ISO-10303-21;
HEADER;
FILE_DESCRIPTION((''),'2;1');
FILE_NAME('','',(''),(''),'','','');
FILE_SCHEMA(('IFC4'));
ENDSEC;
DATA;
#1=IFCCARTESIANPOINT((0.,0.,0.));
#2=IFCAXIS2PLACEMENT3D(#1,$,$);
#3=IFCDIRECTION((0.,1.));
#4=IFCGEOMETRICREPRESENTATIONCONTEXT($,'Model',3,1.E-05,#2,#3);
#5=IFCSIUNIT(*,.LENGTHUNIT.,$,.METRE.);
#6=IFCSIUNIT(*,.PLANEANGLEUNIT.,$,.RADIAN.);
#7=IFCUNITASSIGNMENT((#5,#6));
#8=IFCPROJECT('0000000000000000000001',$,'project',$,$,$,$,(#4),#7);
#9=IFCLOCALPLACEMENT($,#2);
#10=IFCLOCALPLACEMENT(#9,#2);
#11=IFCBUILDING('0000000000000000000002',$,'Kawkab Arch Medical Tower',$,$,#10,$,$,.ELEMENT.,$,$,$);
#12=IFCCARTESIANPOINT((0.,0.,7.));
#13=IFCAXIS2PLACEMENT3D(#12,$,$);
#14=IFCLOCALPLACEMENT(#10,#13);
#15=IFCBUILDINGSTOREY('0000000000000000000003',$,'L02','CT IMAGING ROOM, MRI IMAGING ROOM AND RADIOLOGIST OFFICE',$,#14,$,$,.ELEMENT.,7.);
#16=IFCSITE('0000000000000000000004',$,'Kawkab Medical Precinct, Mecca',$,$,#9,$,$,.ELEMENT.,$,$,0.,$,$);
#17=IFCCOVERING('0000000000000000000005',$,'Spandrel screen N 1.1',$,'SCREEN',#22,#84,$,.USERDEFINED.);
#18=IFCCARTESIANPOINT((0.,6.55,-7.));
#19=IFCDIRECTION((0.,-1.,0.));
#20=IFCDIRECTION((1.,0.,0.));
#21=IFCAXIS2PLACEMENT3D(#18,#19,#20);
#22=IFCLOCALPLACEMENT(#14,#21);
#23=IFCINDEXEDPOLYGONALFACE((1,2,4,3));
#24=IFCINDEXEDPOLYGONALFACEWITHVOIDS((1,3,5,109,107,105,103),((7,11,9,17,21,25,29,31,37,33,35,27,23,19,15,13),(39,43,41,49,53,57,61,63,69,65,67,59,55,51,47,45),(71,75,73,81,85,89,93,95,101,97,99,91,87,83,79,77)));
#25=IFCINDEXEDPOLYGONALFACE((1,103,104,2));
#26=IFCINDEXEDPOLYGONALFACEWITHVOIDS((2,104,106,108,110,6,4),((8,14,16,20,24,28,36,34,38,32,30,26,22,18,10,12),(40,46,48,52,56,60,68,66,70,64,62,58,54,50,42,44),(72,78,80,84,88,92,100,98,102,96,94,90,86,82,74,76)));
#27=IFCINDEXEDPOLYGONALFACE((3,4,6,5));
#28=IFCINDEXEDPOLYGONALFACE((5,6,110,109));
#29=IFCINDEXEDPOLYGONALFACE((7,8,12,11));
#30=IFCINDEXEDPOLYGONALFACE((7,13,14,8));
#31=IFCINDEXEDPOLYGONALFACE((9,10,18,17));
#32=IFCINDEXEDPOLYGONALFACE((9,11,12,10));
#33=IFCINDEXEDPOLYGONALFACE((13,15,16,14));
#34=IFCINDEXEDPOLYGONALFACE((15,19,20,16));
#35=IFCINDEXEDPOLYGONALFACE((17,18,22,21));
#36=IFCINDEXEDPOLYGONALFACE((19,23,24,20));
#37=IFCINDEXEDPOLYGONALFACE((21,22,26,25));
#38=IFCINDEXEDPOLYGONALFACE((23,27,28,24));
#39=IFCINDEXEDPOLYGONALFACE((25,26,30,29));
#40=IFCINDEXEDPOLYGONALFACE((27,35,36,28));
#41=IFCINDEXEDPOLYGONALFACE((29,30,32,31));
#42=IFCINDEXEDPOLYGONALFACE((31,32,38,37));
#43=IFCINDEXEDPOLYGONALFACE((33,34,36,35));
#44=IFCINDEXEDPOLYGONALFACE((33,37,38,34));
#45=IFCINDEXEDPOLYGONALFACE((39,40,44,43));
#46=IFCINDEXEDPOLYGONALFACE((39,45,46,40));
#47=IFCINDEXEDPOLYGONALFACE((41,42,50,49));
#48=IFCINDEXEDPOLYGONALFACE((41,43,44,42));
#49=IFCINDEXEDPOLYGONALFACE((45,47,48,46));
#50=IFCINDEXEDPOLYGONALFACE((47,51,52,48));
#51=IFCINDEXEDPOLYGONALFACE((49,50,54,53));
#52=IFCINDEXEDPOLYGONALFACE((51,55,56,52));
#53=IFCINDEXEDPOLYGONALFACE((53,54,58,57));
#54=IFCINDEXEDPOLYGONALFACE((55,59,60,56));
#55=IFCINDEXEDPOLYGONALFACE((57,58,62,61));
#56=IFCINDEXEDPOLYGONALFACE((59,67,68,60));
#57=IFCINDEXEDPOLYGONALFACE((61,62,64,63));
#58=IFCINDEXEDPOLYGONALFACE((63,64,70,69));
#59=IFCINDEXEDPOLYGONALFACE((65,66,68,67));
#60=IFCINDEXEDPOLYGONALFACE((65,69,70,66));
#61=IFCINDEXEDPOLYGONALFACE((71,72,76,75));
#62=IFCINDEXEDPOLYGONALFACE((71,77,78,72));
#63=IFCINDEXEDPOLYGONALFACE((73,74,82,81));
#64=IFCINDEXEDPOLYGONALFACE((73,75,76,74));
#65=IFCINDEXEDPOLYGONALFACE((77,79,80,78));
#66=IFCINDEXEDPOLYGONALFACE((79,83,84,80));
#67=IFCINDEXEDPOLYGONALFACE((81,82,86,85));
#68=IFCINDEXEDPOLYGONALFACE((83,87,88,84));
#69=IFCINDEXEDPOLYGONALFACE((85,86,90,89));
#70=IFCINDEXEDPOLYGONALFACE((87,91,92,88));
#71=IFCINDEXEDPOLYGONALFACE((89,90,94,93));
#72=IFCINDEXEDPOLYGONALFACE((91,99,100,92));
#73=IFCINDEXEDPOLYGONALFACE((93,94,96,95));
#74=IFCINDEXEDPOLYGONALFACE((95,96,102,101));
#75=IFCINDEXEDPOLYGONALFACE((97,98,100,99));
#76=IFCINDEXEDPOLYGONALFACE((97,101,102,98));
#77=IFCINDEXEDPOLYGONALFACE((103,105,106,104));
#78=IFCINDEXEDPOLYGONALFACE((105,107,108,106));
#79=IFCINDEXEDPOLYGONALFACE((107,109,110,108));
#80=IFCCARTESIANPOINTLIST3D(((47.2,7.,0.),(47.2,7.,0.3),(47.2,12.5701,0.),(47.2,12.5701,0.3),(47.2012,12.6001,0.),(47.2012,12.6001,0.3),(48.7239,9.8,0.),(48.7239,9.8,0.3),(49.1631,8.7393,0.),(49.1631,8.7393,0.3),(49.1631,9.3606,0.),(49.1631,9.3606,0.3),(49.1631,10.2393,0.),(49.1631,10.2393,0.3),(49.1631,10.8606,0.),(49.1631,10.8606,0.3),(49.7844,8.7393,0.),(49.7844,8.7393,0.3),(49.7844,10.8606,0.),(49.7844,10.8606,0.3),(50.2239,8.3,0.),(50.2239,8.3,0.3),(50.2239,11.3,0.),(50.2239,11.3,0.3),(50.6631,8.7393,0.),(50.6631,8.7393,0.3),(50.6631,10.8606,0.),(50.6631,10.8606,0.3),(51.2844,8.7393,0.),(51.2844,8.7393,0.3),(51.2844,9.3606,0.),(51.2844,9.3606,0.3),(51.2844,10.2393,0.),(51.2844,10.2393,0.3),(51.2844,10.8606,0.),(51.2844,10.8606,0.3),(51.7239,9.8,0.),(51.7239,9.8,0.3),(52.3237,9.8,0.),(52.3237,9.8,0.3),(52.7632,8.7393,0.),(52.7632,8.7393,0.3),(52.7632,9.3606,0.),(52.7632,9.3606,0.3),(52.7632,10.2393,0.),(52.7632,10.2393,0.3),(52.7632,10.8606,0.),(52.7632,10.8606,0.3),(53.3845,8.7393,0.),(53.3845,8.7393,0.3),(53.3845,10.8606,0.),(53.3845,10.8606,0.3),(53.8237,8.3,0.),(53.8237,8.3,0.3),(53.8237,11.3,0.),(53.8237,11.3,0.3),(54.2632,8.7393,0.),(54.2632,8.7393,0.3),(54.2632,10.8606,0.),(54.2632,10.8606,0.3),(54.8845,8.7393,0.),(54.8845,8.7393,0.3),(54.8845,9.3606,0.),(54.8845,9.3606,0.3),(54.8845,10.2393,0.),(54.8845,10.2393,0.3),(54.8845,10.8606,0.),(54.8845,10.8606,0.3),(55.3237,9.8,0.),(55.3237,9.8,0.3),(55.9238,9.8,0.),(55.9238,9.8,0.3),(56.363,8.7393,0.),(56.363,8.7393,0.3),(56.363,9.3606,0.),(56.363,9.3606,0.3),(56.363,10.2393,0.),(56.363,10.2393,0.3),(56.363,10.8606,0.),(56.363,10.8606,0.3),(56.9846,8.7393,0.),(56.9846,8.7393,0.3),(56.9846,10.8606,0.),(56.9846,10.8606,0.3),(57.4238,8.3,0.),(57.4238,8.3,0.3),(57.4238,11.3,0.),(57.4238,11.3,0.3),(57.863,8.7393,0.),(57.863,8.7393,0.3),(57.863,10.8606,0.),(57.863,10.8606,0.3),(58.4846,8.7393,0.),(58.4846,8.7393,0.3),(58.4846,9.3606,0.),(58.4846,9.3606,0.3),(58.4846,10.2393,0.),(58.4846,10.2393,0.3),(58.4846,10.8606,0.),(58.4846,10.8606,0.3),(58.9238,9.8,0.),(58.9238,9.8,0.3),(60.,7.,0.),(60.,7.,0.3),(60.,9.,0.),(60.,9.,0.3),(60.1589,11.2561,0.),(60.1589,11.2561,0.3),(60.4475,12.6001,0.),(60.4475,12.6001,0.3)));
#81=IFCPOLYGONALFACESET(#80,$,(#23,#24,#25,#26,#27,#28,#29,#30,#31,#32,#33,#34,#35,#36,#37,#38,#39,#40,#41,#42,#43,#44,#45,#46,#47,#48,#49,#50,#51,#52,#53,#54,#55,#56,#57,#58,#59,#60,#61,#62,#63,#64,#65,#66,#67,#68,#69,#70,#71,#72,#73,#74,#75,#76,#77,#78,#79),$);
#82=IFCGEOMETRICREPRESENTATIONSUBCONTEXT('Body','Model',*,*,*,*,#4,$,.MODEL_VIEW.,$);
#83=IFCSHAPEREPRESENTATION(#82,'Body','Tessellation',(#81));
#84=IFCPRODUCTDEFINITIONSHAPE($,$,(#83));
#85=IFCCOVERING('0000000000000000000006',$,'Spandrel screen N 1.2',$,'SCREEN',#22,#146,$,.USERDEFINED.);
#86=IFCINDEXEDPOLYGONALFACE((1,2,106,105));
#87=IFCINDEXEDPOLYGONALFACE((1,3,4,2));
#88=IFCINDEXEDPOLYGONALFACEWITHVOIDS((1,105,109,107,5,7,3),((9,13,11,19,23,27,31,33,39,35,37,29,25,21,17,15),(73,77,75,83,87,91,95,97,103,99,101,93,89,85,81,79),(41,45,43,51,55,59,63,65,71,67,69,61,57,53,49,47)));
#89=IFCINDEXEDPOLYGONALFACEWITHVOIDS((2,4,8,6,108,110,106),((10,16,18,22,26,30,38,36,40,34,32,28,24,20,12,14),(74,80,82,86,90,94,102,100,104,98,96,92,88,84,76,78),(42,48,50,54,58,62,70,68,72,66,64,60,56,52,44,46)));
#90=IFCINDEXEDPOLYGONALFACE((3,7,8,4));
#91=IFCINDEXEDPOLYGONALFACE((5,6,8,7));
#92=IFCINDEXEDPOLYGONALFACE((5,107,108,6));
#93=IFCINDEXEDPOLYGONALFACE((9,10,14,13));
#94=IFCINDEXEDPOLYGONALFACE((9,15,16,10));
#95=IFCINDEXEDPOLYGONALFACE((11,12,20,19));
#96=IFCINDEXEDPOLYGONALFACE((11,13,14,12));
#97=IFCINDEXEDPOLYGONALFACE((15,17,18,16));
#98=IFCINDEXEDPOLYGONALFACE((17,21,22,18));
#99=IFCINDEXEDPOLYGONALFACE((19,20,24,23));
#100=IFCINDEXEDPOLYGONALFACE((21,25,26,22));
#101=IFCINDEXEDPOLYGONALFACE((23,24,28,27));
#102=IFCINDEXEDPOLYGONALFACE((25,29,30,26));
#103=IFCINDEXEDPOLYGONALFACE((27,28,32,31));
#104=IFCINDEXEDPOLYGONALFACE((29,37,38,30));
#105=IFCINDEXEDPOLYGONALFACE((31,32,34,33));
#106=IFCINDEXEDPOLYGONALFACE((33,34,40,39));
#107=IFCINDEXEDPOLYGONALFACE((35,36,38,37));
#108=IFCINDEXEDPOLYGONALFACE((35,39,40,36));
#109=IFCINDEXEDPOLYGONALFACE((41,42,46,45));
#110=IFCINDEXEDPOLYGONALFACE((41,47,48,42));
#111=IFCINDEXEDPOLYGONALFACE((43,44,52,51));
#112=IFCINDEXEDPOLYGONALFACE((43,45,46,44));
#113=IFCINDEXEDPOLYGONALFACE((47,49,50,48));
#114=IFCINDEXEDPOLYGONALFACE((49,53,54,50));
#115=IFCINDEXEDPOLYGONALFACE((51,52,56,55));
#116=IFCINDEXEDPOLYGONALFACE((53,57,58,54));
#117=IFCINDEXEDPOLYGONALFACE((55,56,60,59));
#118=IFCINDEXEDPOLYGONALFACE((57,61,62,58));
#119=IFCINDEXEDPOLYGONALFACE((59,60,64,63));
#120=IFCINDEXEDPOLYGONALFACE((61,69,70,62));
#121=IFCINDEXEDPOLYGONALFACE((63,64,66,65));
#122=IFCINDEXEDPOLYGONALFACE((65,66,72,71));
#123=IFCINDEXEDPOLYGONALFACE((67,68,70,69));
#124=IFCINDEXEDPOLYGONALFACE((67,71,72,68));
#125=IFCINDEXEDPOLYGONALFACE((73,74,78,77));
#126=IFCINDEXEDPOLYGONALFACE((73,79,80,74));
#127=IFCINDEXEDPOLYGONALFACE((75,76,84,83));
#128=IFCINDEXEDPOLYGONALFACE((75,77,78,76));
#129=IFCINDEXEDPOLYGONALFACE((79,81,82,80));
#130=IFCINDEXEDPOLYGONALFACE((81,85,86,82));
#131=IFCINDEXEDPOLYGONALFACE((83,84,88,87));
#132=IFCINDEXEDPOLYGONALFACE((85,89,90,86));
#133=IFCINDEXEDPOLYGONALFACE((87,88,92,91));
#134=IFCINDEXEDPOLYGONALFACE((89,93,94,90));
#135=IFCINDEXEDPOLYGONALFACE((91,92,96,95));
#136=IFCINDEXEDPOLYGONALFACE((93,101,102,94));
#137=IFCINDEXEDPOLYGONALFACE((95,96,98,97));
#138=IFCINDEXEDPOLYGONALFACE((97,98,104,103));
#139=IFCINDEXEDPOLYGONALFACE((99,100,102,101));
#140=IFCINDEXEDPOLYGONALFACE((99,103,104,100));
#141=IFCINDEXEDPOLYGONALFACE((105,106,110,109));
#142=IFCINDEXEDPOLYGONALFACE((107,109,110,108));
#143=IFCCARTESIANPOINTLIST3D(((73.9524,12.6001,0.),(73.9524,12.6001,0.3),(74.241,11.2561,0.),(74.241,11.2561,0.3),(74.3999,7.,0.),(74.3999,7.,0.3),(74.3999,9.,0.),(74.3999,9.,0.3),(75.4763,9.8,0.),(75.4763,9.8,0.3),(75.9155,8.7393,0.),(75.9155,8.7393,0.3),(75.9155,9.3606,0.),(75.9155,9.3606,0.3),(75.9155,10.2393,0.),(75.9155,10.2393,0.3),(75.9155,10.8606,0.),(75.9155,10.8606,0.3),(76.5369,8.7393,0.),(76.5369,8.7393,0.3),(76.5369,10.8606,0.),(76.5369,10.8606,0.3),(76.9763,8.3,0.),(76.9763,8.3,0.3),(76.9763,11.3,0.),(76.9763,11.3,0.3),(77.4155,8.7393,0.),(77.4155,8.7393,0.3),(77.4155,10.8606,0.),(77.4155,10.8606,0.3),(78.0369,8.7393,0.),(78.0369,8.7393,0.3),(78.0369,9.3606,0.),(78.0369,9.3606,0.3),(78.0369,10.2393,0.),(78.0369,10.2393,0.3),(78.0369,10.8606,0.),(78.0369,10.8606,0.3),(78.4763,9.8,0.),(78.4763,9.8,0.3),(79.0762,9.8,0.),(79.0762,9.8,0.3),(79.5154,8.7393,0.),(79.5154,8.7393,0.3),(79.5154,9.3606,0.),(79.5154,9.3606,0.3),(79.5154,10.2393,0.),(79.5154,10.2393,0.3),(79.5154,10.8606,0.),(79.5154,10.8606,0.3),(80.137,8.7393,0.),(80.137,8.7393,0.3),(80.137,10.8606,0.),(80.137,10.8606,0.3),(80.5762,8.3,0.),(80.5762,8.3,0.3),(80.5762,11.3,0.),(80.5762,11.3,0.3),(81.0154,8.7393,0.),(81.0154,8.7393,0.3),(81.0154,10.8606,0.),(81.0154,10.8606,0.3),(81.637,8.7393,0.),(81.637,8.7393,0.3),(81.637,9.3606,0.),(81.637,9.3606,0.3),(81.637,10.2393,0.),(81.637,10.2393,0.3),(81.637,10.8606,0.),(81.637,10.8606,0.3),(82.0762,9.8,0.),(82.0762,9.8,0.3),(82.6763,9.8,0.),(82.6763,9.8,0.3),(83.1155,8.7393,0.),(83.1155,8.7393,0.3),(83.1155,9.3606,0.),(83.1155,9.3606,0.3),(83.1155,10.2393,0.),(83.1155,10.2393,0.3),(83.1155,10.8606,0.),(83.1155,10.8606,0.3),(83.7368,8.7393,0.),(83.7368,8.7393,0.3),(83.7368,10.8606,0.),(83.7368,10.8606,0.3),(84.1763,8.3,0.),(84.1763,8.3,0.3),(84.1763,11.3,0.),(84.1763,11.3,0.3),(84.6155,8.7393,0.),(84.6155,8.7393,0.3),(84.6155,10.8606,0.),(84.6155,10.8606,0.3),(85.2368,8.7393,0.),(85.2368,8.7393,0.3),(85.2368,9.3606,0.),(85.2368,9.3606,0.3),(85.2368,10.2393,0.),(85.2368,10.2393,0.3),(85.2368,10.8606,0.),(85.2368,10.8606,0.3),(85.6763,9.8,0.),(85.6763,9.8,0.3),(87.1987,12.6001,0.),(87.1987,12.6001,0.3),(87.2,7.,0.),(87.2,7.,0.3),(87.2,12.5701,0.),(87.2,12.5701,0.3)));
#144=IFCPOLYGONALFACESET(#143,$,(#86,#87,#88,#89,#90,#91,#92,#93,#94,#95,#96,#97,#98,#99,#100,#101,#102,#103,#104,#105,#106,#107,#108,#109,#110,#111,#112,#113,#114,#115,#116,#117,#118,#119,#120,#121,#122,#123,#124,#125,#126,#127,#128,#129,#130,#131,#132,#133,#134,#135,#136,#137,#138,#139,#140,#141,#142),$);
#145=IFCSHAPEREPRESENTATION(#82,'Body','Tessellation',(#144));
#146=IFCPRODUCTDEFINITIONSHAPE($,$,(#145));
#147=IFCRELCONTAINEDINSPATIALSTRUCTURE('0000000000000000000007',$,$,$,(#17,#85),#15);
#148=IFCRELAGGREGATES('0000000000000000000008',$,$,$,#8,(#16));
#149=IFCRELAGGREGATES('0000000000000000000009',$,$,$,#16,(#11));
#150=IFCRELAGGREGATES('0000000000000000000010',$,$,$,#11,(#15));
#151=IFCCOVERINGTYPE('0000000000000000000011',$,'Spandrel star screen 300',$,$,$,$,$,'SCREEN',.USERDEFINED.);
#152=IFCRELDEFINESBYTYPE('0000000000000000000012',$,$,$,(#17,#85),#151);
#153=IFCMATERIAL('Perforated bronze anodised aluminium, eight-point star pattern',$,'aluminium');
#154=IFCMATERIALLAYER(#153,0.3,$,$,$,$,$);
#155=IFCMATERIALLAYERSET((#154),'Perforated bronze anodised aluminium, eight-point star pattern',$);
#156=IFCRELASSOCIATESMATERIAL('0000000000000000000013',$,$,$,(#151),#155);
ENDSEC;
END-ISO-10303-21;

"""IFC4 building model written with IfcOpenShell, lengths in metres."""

from ifc_helpers import new_model, si_unit, direction, frame, origin, place, context, subcontext, project, spatial, polyline, outline, extrude, material, layer, layer_set, type_object, element, save


model = new_model("IFC4")

# Units and contexts
model_context = context("Model", 3, precision=1e-05, world=origin(), true_north=direction((0.0, 1.0)))
body_context = subcontext(model_context, "Body", "Model", "MODEL_VIEW")
ifc_project = project(units=[si_unit("LENGTHUNIT", "METRE"), si_unit("PLANEANGLEUNIT", "RADIAN")], contexts=[model_context])

# Site, building, storey
site_placement = place(None, origin())
site = spatial("IfcSite", under=ifc_project, at=site_placement, Name="Kawkab Medical Precinct, Mecca", CompositionType="ELEMENT", RefElevation=0.0)
building_placement = place(site_placement, origin())
building = spatial("IfcBuilding", under=site, at=building_placement, Name="Kawkab Arch Medical Tower", CompositionType="ELEMENT")
storey_placement = place(building_placement, frame((0.0, 0.0, 7.0)))
storey = spatial("IfcBuildingStorey", under=building, at=storey_placement, Name="L02", Description="CT IMAGING ROOM, MRI IMAGING ROOM AND RADIOLOGIST OFFICE", CompositionType="ELEMENT", Elevation=7.0)

# Coverings
ifc_material_1 = material(Name="Perforated bronze anodised aluminium, eight-point star pattern", Category="aluminium")
ifc_layer_1 = layer(ifc_material_1, 0.3)
ifc_layer_set_1 = layer_set([ifc_layer_1], Name="Perforated bronze anodised aluminium, eight-point star pattern")
covering_type = type_object("IfcCoveringType", Name="Spandrel star screen 300", ElementType="SCREEN", PredefinedType="USERDEFINED", material=ifc_layer_set_1)
placement_1 = place(storey_placement, frame((0.0, 6.55, -7.0), z_axis=(0.0, -1.0, 0.0), x_axis=(1.0, 0.0, 0.0)))
element("IfcCovering", 1, at=placement_1, inside=storey, type_object=covering_type, Name="Spandrel screen N 1.1", ObjectType="SCREEN", PredefinedType="USERDEFINED", context=body_context, shape_type="SweptSolid", body=[
    extrude(outline(polyline([(47.2, 12.5701), (47.2, 7.0), (60.0, 7.0), (60.0, 9.0), (60.1589, 11.2561), (60.4475, 12.6001), (47.2012, 12.6001), (47.2, 12.5701)]), holes=[polyline([(51.7239, 9.8), (51.2844, 10.2393), (51.2844, 10.8606), (50.6631, 10.8606), (50.2239, 11.3), (49.7844, 10.8606), (49.1631, 10.8606), (49.1631, 10.2393), (48.7239, 9.8), (49.1631, 9.3606), (49.1631, 8.7393), (49.7844, 8.7393), (50.2239, 8.3), (50.6631, 8.7393), (51.2844, 8.7393), (51.2844, 9.3606), (51.7239, 9.8)]), polyline([(55.3237, 9.8), (54.8845, 10.2393), (54.8845, 10.8606), (54.2632, 10.8606), (53.8237, 11.3), (53.3845, 10.8606), (52.7632, 10.8606), (52.7632, 10.2393), (52.3237, 9.8), (52.7632, 9.3606), (52.7632, 8.7393), (53.3845, 8.7393), (53.8237, 8.3), (54.2632, 8.7393), (54.8845, 8.7393), (54.8845, 9.3606), (55.3237, 9.8)]), polyline([(58.9238, 9.8), (58.4846, 10.2393), (58.4846, 10.8606), (57.863, 10.8606), (57.4238, 11.3), (56.9846, 10.8606), (56.363, 10.8606), (56.363, 10.2393), (55.9238, 9.8), (56.363, 9.3606), (56.363, 8.7393), (56.9846, 8.7393), (57.4238, 8.3), (57.863, 8.7393), (58.4846, 8.7393), (58.4846, 9.3606), (58.9238, 9.8)])]), origin(), (0.0, 0.0, 1.0), 0.3),
])
element("IfcCovering", 2, at=placement_1, inside=storey, type_object=covering_type, Name="Spandrel screen N 1.2", ObjectType="SCREEN", PredefinedType="USERDEFINED", context=body_context, shape_type="SweptSolid", body=[
    extrude(outline(polyline([(87.1987, 12.6001), (73.9524, 12.6001), (74.241, 11.2561), (74.3999, 9.0), (74.3999, 7.0), (87.2, 7.0), (87.2, 12.5701), (87.1987, 12.6001)]), holes=[polyline([(78.4763, 9.8), (78.0369, 10.2393), (78.0369, 10.8606), (77.4155, 10.8606), (76.9763, 11.3), (76.5369, 10.8606), (75.9155, 10.8606), (75.9155, 10.2393), (75.4763, 9.8), (75.9155, 9.3606), (75.9155, 8.7393), (76.5369, 8.7393), (76.9763, 8.3), (77.4155, 8.7393), (78.0369, 8.7393), (78.0369, 9.3606), (78.4763, 9.8)]), polyline([(82.0762, 9.8), (81.637, 10.2393), (81.637, 10.8606), (81.0154, 10.8606), (80.5762, 11.3), (80.137, 10.8606), (79.5154, 10.8606), (79.5154, 10.2393), (79.0762, 9.8), (79.5154, 9.3606), (79.5154, 8.7393), (80.137, 8.7393), (80.5762, 8.3), (81.0154, 8.7393), (81.637, 8.7393), (81.637, 9.3606), (82.0762, 9.8)]), polyline([(85.6763, 9.8), (85.2368, 10.2393), (85.2368, 10.8606), (84.6155, 10.8606), (84.1763, 11.3), (83.7368, 10.8606), (83.1155, 10.8606), (83.1155, 10.2393), (82.6763, 9.8), (83.1155, 9.3606), (83.1155, 8.7393), (83.7368, 8.7393), (84.1763, 8.3), (84.6155, 8.7393), (85.2368, 8.7393), (85.2368, 9.3606), (85.6763, 9.8)])]), origin(), (0.0, 0.0, 1.0), 0.3),
])

save(model, "model.ifc")
